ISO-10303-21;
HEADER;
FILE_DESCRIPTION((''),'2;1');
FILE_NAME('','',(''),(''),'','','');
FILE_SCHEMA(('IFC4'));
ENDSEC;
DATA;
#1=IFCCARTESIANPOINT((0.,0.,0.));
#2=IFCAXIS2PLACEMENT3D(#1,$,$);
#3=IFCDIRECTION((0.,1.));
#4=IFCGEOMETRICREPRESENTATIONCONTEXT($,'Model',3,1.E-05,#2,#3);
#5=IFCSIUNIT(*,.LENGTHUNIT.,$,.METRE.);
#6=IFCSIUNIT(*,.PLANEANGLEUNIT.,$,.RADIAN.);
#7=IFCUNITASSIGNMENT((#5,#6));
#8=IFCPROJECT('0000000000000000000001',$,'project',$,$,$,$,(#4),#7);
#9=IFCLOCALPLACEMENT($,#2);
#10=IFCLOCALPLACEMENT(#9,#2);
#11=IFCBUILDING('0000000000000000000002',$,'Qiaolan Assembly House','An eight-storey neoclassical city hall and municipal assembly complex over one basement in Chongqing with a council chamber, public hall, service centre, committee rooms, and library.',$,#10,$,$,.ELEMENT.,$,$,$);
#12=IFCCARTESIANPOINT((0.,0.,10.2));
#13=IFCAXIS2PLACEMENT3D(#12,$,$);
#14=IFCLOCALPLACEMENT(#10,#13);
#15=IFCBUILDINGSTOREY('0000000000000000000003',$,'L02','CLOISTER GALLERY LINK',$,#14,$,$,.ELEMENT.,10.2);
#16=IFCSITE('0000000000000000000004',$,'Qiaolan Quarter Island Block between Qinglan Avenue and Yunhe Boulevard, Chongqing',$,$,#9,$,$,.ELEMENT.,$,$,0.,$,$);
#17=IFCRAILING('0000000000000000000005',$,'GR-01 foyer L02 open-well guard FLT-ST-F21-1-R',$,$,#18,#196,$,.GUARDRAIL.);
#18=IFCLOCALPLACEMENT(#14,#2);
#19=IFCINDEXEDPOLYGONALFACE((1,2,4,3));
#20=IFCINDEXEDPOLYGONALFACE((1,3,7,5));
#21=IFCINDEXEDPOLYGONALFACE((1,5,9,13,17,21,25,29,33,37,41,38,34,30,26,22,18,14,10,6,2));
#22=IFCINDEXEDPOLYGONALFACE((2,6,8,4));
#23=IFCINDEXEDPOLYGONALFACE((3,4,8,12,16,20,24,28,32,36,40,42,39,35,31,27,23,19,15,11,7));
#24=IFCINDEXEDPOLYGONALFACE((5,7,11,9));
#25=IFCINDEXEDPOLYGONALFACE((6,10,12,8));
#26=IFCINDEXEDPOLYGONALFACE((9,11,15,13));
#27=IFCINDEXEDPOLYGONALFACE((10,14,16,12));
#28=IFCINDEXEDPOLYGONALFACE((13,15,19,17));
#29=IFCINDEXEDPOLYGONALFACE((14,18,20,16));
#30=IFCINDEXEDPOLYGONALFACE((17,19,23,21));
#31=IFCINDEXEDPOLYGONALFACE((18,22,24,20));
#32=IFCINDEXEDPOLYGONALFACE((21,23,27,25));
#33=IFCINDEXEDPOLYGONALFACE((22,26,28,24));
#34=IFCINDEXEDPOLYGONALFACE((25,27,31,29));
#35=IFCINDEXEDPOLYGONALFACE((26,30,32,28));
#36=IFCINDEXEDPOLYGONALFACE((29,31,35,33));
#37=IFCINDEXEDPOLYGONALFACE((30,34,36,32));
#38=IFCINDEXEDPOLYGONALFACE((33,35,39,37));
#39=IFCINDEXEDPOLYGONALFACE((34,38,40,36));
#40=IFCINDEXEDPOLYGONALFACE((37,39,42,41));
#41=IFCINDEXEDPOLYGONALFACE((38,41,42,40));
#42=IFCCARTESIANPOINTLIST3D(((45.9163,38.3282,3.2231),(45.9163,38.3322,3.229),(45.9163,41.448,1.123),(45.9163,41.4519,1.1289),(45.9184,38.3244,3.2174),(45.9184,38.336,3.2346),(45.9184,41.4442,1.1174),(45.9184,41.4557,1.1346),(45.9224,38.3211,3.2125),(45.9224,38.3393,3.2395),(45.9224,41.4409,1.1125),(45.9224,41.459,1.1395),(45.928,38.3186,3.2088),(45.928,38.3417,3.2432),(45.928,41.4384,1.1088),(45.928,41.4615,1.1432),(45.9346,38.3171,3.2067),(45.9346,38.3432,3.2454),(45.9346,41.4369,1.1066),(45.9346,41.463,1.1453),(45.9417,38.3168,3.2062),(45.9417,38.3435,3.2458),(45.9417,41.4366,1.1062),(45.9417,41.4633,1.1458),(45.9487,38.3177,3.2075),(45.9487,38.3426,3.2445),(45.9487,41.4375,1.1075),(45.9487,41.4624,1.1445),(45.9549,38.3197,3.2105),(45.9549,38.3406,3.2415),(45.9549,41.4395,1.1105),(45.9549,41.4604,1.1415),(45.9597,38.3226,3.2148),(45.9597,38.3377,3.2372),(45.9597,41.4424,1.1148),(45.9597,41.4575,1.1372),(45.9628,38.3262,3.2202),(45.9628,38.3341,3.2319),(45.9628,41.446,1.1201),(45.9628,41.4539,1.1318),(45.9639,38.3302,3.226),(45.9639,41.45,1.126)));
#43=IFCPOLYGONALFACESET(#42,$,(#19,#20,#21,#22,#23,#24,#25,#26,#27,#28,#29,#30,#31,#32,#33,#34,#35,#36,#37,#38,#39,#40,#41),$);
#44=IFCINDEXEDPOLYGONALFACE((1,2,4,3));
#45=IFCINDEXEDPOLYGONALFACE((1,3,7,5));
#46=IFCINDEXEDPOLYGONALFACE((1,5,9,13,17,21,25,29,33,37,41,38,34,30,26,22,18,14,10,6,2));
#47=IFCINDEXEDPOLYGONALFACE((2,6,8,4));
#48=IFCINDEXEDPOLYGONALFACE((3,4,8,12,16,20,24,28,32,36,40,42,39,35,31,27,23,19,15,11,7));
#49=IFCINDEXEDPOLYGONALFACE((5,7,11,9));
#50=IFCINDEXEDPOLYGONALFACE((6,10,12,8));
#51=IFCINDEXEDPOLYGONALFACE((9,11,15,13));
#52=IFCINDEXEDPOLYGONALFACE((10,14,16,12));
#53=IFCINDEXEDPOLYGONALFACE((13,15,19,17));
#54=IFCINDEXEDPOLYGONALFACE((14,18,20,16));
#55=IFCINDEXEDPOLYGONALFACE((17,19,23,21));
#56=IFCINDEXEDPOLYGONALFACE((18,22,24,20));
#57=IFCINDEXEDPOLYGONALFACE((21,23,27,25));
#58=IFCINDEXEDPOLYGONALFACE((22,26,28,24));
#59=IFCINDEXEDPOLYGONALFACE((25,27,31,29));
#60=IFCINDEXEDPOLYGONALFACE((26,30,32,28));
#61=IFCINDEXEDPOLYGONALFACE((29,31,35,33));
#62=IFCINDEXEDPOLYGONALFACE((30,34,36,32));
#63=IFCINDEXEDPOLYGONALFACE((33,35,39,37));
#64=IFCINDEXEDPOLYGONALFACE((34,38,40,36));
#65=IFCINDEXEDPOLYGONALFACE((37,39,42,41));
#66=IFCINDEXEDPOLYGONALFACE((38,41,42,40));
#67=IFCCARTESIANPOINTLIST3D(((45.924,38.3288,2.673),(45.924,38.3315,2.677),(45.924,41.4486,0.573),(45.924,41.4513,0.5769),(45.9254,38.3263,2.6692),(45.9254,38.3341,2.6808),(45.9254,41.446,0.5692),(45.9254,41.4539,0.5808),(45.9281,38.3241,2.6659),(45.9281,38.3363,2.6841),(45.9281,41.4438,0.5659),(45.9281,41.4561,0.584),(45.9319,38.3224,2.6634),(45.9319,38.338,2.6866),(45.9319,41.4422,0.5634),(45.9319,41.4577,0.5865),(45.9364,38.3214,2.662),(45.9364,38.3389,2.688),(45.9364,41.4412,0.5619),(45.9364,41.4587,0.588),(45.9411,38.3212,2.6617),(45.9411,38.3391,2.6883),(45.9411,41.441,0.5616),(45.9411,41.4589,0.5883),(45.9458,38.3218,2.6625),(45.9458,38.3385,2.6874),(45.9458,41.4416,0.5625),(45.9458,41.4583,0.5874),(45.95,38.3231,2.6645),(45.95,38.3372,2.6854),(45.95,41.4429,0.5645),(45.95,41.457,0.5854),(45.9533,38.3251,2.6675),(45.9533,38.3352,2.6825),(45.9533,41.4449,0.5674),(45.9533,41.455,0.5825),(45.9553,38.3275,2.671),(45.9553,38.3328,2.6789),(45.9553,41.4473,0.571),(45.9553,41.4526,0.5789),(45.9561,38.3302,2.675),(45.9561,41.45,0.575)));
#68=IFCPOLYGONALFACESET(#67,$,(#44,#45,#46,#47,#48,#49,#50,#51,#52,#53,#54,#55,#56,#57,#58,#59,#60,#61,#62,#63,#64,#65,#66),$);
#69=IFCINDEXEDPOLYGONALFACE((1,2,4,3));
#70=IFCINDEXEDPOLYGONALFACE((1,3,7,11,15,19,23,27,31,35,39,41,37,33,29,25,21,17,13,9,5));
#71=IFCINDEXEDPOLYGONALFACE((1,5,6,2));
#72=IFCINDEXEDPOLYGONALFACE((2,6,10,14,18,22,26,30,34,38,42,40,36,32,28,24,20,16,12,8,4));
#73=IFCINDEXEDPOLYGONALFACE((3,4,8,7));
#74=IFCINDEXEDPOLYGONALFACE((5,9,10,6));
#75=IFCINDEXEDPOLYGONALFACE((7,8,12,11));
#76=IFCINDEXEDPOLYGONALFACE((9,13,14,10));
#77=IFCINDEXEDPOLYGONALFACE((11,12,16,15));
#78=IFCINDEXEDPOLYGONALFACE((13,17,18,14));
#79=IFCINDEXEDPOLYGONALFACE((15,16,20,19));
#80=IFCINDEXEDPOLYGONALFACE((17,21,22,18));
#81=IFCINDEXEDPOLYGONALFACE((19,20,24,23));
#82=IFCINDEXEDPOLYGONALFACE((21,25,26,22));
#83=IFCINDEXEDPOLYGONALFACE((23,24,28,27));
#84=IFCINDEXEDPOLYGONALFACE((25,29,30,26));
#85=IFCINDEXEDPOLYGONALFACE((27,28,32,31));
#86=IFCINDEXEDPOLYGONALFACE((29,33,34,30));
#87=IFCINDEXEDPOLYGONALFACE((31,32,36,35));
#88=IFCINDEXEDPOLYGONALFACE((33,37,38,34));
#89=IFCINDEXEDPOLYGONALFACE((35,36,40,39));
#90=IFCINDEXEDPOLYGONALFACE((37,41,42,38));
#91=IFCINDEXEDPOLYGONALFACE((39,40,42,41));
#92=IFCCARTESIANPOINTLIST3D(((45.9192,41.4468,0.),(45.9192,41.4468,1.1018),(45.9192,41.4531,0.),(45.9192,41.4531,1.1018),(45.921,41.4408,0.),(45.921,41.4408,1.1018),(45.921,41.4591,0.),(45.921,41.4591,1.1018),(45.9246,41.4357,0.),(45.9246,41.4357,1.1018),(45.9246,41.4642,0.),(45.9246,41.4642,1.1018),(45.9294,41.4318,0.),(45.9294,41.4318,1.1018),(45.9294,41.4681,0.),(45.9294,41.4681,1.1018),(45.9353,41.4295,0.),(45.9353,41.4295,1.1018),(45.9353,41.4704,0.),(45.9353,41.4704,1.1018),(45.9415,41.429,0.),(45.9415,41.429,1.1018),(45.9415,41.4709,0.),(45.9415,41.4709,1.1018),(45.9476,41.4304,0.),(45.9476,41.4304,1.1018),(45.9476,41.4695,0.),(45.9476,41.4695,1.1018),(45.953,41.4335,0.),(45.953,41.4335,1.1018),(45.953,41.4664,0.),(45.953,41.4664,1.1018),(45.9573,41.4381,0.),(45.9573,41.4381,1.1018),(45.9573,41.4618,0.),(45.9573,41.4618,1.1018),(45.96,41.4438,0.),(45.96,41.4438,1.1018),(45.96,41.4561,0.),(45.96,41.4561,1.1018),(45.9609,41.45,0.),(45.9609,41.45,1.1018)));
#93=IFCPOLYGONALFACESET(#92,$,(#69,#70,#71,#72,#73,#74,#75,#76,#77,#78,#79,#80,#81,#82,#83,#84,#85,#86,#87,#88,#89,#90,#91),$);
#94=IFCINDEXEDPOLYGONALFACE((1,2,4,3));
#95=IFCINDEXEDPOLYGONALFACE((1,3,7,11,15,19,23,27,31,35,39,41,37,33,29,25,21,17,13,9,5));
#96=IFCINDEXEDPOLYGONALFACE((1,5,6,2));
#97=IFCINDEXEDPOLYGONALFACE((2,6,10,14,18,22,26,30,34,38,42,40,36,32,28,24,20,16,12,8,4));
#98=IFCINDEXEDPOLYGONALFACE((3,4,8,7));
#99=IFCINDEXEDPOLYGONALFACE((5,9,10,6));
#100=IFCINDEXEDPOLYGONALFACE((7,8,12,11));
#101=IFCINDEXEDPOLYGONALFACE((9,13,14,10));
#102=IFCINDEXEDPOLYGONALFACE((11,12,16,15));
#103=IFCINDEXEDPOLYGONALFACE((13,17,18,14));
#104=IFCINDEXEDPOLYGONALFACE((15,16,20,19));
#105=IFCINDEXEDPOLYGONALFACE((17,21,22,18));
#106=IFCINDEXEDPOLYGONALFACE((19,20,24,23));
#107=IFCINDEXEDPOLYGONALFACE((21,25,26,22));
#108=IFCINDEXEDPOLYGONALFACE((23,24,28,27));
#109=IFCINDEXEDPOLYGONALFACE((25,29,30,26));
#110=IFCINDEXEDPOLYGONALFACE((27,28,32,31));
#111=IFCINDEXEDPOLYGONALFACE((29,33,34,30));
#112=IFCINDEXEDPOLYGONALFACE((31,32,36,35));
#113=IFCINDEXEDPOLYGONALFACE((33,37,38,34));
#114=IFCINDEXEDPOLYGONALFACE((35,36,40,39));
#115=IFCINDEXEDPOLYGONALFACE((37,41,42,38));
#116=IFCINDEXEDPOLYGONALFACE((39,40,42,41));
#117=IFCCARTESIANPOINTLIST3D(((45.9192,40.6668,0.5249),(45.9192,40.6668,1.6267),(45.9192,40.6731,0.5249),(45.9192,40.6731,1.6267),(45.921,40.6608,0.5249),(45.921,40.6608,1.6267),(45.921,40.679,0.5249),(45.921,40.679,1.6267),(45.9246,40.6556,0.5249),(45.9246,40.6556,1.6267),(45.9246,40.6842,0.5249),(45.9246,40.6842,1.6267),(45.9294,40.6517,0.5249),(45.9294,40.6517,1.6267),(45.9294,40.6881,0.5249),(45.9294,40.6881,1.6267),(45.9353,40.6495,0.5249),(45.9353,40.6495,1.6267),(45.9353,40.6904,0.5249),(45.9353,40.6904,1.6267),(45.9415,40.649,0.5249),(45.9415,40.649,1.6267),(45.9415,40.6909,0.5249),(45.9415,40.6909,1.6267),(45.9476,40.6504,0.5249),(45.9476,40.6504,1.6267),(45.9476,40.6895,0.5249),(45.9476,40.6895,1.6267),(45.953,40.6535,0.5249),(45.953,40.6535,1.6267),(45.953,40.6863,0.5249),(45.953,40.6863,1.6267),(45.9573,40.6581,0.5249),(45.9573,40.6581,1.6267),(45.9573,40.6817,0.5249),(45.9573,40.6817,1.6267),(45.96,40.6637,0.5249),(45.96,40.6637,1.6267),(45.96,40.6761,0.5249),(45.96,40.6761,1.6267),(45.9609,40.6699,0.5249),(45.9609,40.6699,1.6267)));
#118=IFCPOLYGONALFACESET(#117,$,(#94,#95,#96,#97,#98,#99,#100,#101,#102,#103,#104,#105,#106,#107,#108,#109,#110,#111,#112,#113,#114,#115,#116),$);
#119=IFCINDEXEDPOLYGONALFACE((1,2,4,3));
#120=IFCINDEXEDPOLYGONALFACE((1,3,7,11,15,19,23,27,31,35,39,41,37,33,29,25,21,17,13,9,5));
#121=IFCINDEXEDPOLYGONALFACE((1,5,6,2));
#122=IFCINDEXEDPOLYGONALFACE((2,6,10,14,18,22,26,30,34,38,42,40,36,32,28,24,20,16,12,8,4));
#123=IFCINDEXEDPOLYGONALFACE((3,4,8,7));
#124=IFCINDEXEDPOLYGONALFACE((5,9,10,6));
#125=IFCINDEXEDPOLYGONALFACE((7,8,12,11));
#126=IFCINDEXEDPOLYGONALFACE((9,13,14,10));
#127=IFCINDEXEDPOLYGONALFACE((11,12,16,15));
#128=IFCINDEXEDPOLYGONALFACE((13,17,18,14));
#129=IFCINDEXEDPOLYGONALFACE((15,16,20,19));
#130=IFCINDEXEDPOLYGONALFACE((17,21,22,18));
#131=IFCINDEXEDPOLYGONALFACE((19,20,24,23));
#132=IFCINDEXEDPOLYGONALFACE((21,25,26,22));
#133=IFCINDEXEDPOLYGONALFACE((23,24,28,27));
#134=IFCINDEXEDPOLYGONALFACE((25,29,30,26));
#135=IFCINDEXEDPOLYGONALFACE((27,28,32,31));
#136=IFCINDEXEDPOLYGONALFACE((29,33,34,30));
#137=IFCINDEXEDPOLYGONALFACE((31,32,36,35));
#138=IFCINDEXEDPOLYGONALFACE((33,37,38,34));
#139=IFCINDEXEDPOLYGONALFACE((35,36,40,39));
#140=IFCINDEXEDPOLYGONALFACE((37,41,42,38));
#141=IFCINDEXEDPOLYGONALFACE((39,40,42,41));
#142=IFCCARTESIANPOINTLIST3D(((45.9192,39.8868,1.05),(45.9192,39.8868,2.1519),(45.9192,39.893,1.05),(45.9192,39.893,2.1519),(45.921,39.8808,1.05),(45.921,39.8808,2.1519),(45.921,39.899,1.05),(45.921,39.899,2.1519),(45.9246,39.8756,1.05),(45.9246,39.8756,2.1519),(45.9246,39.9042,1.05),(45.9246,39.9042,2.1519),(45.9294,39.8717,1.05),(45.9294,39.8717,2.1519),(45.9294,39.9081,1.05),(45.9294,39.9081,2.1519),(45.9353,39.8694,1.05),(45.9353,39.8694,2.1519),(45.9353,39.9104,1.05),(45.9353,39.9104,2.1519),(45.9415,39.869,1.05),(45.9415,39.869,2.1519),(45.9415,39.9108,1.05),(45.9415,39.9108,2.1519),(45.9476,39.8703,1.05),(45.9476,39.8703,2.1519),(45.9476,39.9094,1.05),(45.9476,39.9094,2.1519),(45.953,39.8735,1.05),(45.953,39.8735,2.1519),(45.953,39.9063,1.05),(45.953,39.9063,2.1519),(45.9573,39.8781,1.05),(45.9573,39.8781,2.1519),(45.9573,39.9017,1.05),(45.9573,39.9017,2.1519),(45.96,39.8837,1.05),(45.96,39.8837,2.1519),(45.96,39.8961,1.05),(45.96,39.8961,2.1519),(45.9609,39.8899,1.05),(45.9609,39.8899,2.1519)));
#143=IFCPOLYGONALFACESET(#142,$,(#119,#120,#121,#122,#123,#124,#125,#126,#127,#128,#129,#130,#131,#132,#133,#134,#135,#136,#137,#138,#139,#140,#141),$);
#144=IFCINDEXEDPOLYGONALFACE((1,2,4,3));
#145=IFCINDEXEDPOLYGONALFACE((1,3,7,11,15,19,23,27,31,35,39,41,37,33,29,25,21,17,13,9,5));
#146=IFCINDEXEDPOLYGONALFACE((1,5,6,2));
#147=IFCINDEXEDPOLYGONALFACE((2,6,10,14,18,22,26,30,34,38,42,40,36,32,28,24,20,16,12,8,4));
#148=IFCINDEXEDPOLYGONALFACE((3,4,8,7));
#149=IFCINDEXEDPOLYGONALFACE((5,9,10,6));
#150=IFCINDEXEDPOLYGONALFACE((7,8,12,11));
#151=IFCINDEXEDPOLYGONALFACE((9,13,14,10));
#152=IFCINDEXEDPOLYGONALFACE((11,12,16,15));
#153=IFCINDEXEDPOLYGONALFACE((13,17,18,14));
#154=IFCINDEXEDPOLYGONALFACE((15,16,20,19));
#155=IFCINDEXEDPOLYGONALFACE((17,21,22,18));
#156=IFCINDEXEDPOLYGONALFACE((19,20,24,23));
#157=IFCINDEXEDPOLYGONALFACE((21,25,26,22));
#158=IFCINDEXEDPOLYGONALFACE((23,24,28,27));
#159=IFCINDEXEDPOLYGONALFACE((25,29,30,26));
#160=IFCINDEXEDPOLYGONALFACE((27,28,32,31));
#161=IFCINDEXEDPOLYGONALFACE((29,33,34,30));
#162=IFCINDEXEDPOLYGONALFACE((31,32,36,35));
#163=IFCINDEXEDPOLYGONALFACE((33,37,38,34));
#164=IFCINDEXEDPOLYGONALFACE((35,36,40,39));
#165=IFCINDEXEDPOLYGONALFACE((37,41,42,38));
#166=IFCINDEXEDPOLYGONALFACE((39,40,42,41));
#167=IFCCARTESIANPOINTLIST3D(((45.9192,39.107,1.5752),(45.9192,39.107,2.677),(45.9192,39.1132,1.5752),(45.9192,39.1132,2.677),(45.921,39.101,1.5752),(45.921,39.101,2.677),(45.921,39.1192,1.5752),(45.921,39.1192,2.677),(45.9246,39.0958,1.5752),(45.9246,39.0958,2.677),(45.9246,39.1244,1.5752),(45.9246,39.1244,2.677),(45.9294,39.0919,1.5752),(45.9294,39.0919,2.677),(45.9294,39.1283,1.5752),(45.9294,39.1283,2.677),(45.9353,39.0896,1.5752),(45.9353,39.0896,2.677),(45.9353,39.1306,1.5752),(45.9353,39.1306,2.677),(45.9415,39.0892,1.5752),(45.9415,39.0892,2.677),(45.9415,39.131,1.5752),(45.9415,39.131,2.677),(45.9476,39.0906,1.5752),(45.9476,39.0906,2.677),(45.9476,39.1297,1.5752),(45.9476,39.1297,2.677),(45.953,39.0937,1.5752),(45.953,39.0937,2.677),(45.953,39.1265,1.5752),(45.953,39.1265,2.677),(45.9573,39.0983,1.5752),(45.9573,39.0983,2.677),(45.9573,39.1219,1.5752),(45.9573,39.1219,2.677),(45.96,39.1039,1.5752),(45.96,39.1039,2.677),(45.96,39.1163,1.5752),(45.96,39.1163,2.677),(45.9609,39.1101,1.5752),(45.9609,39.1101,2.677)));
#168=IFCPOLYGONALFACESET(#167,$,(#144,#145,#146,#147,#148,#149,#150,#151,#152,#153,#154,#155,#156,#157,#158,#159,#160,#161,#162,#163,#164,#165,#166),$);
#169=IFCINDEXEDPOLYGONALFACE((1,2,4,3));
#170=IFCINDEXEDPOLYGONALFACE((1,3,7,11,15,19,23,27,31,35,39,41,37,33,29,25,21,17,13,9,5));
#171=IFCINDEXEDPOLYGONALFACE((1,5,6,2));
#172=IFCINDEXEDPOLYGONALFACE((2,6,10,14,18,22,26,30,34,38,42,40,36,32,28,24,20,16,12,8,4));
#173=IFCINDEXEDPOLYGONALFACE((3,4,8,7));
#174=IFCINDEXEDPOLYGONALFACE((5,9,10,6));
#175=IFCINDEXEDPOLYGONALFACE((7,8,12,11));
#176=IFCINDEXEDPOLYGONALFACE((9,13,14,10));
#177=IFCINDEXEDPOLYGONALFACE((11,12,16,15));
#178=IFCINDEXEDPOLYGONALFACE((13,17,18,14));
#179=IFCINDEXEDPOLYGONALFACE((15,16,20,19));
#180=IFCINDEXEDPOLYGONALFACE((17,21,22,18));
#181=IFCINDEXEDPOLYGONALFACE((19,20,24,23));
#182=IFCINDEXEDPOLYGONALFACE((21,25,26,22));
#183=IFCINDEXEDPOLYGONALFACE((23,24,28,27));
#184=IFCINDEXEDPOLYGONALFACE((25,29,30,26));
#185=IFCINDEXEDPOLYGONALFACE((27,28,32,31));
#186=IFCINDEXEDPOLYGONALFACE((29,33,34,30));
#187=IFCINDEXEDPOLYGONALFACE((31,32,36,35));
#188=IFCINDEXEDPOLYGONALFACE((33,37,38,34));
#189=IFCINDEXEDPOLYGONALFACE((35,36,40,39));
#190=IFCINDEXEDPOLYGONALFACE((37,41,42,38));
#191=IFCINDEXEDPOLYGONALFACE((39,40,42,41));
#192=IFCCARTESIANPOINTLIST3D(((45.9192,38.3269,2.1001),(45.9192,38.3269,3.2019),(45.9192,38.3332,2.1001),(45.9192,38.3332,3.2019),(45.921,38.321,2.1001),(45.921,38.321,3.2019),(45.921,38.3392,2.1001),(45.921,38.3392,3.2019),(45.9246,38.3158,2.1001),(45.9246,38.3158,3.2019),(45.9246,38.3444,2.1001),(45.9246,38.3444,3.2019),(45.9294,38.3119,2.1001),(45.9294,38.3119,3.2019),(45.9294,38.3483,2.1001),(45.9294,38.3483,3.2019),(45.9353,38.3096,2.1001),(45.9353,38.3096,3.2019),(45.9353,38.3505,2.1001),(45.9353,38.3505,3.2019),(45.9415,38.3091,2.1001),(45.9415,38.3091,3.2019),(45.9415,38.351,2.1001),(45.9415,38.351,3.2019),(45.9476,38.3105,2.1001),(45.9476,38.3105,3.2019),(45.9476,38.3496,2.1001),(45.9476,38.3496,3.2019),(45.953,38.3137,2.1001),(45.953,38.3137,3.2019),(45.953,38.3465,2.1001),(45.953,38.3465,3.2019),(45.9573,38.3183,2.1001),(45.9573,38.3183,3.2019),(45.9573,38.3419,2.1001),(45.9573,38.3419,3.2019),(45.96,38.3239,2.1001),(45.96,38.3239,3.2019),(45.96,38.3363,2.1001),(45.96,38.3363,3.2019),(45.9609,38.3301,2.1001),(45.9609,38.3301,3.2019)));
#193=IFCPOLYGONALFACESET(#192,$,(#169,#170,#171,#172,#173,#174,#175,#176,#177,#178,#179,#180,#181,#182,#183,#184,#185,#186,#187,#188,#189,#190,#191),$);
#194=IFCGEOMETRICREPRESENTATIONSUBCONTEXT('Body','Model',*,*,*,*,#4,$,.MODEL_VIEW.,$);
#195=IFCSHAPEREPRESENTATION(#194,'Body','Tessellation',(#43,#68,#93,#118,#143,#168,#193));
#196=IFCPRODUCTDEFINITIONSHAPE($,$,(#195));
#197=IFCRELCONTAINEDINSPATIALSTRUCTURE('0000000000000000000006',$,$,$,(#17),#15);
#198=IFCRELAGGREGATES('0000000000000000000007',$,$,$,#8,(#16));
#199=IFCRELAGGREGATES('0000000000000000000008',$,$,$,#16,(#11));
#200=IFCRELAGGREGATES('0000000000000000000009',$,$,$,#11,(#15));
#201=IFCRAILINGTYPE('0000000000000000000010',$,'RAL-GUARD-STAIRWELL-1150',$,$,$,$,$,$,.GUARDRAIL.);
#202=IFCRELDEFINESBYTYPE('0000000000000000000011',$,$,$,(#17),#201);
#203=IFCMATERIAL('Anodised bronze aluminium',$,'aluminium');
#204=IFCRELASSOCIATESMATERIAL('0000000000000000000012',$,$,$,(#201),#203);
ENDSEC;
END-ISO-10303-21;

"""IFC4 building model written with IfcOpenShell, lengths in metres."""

from ifc_helpers import new_model, si_unit, direction, frame, origin, origin_2d, place, context, subcontext, project, spatial, circle, extrude, material, type_object, element, save


model = new_model("IFC4")

# Units and contexts
model_context = context("Model", 3, precision=1e-05, world=origin(), true_north=direction((0.0, 1.0)))
body_context = subcontext(model_context, "Body", "Model", "MODEL_VIEW")
ifc_project = project(units=[si_unit("LENGTHUNIT", "METRE"), si_unit("PLANEANGLEUNIT", "RADIAN")], contexts=[model_context])

# Site, building, storey
site_placement = place(None, origin())
site = spatial("IfcSite", under=ifc_project, at=site_placement, Name="Qiaolan Quarter Island Block between Qinglan Avenue and Yunhe Boulevard, Chongqing", CompositionType="ELEMENT", RefElevation=0.0)
building_placement = place(site_placement, origin())
building = spatial("IfcBuilding", under=site, at=building_placement, Name="Qiaolan Assembly House", Description="An eight-storey neoclassical city hall and municipal assembly complex over one basement in Chongqing with a council chamber, public hall, service centre, committee rooms, and library.", CompositionType="ELEMENT")
storey_placement = place(building_placement, frame((0.0, 0.0, 10.2)))
storey = spatial("IfcBuildingStorey", under=building, at=storey_placement, Name="L02", Description="CLOISTER GALLERY LINK", CompositionType="ELEMENT", Elevation=10.2)

# Railing
ifc_material_1 = material(Name="Anodised bronze aluminium", Category="aluminium")
railing_type_1 = type_object("IfcRailingType", Name="RAL-GUARD-STAIRWELL-1150", PredefinedType="GUARDRAIL", material=ifc_material_1)
railing_1_placement = place(storey_placement, frame((45.9399, 41.45, 0.0)))
element("IfcRailing", 1, at=railing_1_placement, inside=storey, type_object=railing_type_1, Name="GR-01 foyer L02 open-well guard FLT-ST-F21-1-R", PredefinedType="GUARDRAIL", context=body_context, shape_type="SweptSolid", body=[
    extrude(circle(Radius=0.0239, at=origin_2d()), frame((0.0, 0.0, 1.126), z_axis=(0.0, -0.829565, 0.55841), x_axis=(1.0, 0.0, 0.0)), (0.0, 0.0, 1.0), 3.7607),
    extrude(circle(Radius=0.0161, at=origin_2d()), frame((0.0, 0.0, 0.575), z_axis=(0.0, -0.829565, 0.55841), x_axis=(1.0, 0.0, 0.0)), (0.0, 0.0, 1.0), 3.7607),
    extrude(circle(Radius=0.021, at=origin_2d()), origin(), (0.0, 0.0, 1.0), 1.1018),
    extrude(circle(Radius=0.021, at=origin_2d()), frame((0.0, -0.78, 0.5249)), (0.0, 0.0, 1.0), 1.1018),
    extrude(circle(Radius=0.021, at=origin_2d()), frame((0.0, -1.5601, 1.05)), (0.0, 0.0, 1.0), 1.1018),
    extrude(circle(Radius=0.021, at=origin_2d()), frame((0.0, -2.3398, 1.5752)), (0.0, 0.0, 1.0), 1.1018),
    extrude(circle(Radius=0.021, at=origin_2d()), frame((0.0, -3.1199, 2.1001)), (0.0, 0.0, 1.0), 1.1018),
])

save(model, "model.ifc")
